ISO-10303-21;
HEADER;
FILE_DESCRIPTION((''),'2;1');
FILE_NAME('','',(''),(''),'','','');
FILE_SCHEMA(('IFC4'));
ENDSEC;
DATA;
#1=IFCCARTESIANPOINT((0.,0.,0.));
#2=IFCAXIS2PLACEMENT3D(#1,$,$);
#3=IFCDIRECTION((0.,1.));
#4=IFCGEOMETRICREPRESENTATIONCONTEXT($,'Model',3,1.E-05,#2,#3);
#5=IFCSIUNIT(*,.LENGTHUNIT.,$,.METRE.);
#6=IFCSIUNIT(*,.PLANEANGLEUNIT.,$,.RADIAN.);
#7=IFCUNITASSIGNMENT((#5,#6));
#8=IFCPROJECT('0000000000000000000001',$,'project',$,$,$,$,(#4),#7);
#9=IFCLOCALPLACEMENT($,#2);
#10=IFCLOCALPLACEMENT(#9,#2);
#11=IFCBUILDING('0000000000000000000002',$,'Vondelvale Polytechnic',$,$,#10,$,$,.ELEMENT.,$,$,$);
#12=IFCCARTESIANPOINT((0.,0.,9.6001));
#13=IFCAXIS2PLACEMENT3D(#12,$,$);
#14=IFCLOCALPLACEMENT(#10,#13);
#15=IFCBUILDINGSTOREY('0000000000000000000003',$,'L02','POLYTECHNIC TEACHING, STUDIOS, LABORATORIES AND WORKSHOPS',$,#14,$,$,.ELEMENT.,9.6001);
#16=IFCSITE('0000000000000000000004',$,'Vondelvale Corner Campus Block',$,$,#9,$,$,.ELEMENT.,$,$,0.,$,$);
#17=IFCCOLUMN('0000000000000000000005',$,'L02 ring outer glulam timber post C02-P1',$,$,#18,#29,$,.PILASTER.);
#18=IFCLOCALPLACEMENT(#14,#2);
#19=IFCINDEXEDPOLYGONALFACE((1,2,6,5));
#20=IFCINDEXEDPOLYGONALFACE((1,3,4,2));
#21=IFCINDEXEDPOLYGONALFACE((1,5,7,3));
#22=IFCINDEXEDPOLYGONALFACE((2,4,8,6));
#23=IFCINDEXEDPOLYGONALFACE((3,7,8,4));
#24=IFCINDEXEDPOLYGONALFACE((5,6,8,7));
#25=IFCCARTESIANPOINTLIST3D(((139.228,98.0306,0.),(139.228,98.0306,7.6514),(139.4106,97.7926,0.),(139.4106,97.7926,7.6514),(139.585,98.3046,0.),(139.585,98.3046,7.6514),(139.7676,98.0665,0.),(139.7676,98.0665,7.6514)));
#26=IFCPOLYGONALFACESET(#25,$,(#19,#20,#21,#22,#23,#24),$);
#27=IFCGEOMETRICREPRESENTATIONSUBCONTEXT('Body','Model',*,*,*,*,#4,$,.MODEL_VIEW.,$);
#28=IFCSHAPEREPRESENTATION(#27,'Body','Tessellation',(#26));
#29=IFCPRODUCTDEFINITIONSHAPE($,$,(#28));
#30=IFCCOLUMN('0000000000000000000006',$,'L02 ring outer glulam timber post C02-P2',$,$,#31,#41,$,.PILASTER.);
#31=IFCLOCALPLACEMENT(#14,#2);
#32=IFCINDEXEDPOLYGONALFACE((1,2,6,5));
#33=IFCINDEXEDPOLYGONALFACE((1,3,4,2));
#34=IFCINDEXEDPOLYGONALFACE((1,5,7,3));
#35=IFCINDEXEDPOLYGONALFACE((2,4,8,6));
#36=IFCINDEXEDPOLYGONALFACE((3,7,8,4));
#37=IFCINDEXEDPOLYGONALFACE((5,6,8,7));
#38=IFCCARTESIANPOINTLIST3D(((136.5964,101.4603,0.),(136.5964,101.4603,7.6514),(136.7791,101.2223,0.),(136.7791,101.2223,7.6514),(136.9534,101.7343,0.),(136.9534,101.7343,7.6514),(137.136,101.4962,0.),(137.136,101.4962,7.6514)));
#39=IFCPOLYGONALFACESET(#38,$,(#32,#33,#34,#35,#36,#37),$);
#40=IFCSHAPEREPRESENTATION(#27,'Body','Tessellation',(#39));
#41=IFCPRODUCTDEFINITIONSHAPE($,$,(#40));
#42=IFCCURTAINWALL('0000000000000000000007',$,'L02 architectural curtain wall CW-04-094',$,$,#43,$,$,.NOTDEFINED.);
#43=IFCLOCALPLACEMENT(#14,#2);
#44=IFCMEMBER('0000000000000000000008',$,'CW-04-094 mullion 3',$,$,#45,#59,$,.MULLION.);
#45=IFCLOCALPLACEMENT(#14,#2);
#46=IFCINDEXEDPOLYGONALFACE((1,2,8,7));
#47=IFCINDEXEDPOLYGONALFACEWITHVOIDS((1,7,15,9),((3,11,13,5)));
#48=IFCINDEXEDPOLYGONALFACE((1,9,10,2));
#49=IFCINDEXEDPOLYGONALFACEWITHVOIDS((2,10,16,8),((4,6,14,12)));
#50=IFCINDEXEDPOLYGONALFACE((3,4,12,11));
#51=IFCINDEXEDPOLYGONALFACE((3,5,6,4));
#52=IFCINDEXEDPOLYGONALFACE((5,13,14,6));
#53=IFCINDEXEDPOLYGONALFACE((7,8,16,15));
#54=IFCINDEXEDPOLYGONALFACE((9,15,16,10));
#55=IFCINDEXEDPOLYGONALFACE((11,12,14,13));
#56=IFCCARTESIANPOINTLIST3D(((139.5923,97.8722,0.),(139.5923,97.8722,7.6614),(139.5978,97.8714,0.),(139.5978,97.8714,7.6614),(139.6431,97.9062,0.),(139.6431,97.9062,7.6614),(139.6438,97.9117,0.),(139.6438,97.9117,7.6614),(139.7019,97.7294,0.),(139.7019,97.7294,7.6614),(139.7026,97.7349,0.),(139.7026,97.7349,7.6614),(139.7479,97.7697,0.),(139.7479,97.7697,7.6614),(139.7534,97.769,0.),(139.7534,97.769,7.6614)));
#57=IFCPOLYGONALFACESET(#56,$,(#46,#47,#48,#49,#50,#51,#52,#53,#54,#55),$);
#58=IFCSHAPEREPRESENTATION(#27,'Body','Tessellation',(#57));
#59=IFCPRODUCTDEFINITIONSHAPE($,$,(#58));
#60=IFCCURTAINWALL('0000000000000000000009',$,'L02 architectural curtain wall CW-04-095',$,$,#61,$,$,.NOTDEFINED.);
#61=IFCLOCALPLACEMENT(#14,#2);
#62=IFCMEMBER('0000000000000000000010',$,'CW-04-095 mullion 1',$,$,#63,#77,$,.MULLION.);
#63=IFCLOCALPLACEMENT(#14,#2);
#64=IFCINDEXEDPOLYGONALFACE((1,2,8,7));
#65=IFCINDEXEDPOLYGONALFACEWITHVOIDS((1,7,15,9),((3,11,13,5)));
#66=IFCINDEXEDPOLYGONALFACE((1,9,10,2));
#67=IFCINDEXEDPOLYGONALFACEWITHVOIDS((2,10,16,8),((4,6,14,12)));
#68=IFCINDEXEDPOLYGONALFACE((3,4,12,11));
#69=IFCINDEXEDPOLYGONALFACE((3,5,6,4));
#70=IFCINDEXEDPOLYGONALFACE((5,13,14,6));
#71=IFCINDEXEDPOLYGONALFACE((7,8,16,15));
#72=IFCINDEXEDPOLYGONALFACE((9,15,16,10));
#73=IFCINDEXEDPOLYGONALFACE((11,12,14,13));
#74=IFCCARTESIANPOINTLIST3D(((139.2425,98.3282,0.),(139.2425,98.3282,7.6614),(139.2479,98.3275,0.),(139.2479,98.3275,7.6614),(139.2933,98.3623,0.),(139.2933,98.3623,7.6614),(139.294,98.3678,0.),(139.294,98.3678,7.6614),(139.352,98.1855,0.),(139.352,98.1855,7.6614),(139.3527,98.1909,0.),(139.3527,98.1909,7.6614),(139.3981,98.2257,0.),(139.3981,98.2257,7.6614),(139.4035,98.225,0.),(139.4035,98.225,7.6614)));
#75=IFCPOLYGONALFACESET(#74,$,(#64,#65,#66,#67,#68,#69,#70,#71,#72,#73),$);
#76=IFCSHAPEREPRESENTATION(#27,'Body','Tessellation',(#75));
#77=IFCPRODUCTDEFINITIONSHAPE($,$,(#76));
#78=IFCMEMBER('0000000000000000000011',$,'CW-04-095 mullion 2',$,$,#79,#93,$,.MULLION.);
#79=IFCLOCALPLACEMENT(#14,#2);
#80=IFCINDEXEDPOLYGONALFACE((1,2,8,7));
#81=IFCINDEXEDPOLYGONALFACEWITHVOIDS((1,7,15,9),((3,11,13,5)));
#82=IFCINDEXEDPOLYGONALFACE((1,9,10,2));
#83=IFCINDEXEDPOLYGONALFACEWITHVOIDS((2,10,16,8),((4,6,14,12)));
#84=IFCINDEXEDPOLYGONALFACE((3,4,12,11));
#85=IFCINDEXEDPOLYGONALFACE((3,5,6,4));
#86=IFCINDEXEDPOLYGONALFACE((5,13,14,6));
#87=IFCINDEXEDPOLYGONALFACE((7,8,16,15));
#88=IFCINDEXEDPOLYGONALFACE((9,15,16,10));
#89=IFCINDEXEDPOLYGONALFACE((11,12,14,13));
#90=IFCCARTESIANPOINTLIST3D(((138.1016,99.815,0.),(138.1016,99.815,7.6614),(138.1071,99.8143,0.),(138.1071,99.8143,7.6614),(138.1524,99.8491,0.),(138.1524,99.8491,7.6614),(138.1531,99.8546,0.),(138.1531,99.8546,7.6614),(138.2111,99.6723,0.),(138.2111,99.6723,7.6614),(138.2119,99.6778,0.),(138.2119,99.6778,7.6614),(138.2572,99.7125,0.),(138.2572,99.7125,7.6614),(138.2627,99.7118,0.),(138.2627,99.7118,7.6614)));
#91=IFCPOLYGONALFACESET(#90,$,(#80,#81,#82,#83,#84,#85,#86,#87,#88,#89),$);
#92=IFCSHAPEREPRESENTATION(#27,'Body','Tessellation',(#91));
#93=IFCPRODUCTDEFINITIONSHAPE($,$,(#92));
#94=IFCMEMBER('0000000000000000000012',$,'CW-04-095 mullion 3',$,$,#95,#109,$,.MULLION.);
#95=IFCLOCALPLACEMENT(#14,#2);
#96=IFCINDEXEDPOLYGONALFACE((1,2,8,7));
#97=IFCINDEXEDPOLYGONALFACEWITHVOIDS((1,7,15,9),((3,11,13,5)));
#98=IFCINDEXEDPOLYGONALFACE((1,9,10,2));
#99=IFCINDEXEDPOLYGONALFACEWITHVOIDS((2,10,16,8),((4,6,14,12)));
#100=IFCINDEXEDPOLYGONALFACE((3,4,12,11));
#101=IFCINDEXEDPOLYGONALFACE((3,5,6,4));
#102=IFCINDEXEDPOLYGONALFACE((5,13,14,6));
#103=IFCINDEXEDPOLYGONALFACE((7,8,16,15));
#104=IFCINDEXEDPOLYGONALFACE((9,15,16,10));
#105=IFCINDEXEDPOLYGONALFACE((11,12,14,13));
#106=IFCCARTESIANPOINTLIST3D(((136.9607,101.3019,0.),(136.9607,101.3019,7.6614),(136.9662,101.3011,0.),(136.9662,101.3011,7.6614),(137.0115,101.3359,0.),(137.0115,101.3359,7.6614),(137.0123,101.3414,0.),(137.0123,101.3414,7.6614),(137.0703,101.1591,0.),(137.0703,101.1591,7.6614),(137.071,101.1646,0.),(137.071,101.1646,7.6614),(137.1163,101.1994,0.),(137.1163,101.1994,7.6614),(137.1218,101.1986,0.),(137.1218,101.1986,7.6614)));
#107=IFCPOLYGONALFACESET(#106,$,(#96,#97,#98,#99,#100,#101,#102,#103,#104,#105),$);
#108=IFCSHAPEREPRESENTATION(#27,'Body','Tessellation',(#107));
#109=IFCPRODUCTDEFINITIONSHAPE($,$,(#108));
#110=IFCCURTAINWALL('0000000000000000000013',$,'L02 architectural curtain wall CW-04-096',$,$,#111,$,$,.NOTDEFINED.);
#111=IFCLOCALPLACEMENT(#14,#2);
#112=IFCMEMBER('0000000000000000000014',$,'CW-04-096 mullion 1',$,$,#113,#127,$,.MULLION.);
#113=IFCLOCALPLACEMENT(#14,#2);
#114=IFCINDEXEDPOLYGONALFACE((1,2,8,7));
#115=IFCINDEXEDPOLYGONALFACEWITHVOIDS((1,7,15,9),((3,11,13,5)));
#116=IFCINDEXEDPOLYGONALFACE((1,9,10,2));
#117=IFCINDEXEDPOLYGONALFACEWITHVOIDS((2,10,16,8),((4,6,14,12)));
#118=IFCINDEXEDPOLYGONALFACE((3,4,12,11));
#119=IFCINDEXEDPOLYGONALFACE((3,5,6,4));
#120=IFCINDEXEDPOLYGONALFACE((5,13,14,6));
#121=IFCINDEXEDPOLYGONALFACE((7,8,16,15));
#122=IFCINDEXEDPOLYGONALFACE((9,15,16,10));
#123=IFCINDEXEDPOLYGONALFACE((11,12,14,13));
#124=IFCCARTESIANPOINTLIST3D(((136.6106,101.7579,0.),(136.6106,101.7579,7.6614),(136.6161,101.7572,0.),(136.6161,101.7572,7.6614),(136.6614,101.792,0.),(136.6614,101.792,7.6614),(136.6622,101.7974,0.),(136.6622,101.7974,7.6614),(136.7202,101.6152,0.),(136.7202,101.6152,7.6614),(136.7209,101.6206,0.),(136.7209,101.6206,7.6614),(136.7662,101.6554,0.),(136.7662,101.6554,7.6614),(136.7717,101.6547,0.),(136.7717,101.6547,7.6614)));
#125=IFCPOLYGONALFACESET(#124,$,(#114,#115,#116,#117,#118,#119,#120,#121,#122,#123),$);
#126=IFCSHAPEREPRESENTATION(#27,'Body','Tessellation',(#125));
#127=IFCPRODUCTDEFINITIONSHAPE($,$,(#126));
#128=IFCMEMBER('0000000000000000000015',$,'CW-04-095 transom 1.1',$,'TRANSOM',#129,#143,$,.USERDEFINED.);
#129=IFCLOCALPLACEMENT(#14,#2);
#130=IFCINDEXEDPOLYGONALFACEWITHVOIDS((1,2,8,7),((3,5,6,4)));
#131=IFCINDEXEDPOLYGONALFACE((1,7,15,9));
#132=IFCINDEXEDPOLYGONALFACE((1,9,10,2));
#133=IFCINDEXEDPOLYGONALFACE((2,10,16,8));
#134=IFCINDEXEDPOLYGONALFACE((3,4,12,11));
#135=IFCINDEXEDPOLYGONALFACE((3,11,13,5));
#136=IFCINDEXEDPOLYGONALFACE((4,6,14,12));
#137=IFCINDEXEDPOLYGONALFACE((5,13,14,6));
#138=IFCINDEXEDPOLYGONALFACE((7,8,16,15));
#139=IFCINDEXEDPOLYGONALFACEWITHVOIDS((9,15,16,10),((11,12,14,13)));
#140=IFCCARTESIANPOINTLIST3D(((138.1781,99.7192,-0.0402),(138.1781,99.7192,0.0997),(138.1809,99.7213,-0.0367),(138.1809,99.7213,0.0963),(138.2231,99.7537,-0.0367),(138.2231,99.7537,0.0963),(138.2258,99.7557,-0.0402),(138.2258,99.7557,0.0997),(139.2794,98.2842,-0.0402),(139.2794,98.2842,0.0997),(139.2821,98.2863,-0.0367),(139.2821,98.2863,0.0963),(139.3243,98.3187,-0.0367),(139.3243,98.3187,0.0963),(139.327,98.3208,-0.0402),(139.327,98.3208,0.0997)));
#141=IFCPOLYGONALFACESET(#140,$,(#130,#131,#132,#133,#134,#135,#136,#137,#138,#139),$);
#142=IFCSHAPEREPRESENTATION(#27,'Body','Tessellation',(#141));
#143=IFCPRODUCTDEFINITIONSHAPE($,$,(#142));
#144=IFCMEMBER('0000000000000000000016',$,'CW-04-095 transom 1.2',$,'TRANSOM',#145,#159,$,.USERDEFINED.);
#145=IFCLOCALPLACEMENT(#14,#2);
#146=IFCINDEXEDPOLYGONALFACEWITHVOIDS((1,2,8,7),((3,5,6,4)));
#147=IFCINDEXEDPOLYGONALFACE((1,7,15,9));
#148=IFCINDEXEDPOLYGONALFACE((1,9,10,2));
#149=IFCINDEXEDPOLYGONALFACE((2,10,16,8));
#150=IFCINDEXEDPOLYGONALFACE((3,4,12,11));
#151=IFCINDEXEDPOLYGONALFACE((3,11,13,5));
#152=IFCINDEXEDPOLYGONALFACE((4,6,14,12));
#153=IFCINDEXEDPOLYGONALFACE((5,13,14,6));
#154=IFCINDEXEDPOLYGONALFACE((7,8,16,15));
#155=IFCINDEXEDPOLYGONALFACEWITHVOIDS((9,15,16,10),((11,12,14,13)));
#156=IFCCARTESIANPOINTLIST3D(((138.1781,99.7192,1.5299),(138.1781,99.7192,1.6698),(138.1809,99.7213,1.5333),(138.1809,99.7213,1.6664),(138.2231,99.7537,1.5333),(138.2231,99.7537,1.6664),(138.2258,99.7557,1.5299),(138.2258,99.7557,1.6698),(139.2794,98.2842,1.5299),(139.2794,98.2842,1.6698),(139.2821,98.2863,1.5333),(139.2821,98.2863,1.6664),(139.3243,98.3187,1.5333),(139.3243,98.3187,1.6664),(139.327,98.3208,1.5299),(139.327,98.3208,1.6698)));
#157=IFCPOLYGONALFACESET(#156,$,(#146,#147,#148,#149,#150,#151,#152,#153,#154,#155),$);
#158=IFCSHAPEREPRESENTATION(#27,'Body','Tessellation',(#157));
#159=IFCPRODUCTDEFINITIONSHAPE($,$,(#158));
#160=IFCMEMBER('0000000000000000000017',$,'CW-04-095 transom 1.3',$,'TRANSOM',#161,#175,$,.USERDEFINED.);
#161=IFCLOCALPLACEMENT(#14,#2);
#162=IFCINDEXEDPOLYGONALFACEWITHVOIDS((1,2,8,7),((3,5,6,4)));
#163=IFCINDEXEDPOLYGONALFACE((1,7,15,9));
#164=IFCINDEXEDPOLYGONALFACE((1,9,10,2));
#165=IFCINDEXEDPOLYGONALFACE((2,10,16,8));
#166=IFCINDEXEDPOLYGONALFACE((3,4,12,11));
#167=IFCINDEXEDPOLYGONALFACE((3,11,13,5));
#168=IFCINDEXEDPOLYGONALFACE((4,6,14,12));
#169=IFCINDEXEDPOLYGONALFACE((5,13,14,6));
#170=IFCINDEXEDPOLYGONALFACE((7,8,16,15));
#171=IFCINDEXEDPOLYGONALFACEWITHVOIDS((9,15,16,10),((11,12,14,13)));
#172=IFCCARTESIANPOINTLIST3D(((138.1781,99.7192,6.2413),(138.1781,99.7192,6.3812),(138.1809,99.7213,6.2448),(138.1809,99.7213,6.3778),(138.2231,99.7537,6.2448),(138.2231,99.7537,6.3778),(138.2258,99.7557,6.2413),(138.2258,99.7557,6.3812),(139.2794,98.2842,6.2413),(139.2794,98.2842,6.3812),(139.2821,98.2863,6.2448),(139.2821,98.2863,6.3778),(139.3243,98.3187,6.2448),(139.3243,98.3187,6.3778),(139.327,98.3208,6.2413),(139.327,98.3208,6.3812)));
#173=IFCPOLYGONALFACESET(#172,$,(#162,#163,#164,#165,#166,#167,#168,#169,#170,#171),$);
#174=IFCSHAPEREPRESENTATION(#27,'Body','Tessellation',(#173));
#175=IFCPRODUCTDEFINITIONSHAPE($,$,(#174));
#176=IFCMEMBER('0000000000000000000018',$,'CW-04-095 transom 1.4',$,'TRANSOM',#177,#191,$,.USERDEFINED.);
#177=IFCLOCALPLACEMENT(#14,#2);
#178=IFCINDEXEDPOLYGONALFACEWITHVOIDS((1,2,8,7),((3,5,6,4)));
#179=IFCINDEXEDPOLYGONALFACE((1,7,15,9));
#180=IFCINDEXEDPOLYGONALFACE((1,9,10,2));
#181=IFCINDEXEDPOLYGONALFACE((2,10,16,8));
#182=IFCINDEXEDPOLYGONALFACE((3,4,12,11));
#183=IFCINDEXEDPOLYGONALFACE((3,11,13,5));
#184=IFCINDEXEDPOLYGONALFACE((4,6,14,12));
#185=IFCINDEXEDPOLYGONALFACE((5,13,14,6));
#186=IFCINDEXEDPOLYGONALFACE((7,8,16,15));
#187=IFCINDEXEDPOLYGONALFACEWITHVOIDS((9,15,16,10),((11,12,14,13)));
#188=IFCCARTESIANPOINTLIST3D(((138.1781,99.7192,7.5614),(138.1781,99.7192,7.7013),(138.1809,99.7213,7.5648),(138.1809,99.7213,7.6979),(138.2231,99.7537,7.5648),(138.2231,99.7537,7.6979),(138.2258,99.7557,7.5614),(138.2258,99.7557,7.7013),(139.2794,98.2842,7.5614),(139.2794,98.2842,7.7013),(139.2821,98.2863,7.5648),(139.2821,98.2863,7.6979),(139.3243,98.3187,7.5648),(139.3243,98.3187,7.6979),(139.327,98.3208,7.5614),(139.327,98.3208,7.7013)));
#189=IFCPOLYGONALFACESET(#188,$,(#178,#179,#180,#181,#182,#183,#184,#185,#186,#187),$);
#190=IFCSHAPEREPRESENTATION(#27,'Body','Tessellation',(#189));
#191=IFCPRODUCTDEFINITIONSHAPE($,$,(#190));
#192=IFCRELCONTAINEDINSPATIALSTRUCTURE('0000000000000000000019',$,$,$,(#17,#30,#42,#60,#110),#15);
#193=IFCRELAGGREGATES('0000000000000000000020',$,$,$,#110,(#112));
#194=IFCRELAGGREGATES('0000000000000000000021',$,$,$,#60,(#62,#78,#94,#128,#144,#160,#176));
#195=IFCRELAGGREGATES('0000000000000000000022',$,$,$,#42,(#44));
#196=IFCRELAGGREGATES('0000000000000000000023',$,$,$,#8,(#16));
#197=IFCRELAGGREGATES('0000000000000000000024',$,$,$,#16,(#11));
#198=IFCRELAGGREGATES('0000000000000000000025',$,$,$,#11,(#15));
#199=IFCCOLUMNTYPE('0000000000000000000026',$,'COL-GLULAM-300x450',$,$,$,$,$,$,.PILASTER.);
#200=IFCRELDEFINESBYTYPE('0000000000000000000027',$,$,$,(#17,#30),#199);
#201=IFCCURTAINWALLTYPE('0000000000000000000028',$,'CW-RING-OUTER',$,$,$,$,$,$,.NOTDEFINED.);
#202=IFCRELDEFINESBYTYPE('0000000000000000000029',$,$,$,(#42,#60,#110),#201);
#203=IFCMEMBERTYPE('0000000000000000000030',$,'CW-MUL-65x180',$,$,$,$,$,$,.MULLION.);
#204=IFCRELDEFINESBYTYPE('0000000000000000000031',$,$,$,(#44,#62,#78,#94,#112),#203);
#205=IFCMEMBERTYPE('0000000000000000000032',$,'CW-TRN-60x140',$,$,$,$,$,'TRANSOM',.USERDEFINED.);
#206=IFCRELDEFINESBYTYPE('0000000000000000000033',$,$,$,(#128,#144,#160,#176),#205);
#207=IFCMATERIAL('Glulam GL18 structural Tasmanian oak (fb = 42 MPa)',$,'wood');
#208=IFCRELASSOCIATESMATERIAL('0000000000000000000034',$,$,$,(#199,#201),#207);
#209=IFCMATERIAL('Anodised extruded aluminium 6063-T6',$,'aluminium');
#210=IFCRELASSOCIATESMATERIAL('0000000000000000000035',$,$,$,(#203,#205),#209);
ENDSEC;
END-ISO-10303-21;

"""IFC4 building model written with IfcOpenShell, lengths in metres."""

from ifc_helpers import new_model, si_unit, direction, frame, origin, origin_2d, place, context, subcontext, project, spatial, rectangle, hollow_rectangle, extrude, material, material_profile, profile_set, type_object, element, aggregate, save


model = new_model("IFC4")

# Units and contexts
model_context = context("Model", 3, precision=1e-05, world=origin(), true_north=direction((0.0, 1.0)))
body_context = subcontext(model_context, "Body", "Model", "MODEL_VIEW")
ifc_project = project(units=[si_unit("LENGTHUNIT", "METRE"), si_unit("PLANEANGLEUNIT", "RADIAN")], contexts=[model_context])

# Site, building, storey
site_placement = place(None, origin())
site = spatial("IfcSite", under=ifc_project, at=site_placement, Name="Vondelvale Corner Campus Block", CompositionType="ELEMENT", RefElevation=0.0)
building_placement = place(site_placement, origin())
building = spatial("IfcBuilding", under=site, at=building_placement, Name="Vondelvale Polytechnic", CompositionType="ELEMENT")
storey_placement = place(building_placement, frame((0.0, 0.0, 9.6001)))
storey = spatial("IfcBuildingStorey", under=building, at=storey_placement, Name="L02", Description="POLYTECHNIC TEACHING, STUDIOS, LABORATORIES AND WORKSHOPS", CompositionType="ELEMENT", Elevation=9.6001)

# Columns
ifc_material_1 = material(Name="Glulam GL18 structural Tasmanian oak (fb = 42 MPa)", Category="wood")
ifc_material_profile_1 = material_profile(ifc_material_1, rectangle(XDim=0.3, YDim=0.45, at=origin_2d()), Name="GL-POST-300x450")
ifc_profile_set_1 = profile_set([ifc_material_profile_1], Name="Glulam GL18 structural Tasmanian oak (fb = 42 MPa)")
column_type = type_object("IfcColumnType", Name="COL-GLULAM-300x450", PredefinedType="PILASTER", material=ifc_profile_set_1)
for number, where, z_axis, x_axis, name in (
    (1, (139.4978, 98.0486, 0.0), (0.0, 0.0, 1.0), (-0.608761, 0.793353, 0.0), "L02 ring outer glulam timber post C02-P1"),
    (2, (136.8662, 101.4783, 0.0), (0.0, 0.0, 1.0), (-0.608761, 0.793353, 0.0), "L02 ring outer glulam timber post C02-P2"),
):
    element("IfcColumn", number, at=place(storey_placement, frame(where, z_axis=z_axis, x_axis=x_axis)), inside=storey, type_object=column_type, Name=name, PredefinedType="PILASTER", context=body_context, shape_type="SweptSolid", body=[
        extrude(rectangle(XDim=0.3, YDim=0.45, at=origin_2d()), origin(), (0.0, 0.0, 1.0), 7.6514),
    ])

# Curtain wall, member
curtain_wall_type = type_object("IfcCurtainWallType", Name="CW-RING-OUTER", PredefinedType="NOTDEFINED", material=ifc_material_1)
curtain_wall_1_placement = place(storey_placement, origin())
curtain_wall_1 = element("IfcCurtainWall", 3, at=curtain_wall_1_placement, inside=storey, type_object=curtain_wall_type, Name="L02 architectural curtain wall CW-04-094", PredefinedType="NOTDEFINED")
ifc_material_2 = material(Name="Anodised extruded aluminium 6063-T6", Category="aluminium")
ifc_material_profile_2 = material_profile(ifc_material_2, hollow_rectangle(XDim=0.0649, YDim=0.1799, WallThickness=0.0039, at=origin_2d()), Name="CW-MUL-180x65")
ifc_profile_set_2 = profile_set([ifc_material_profile_2], Name="Anodised extruded aluminium 6063-T6")
member_type_1 = type_object("IfcMemberType", Name="CW-MUL-65x180", PredefinedType="MULLION", material=ifc_profile_set_2)
member_1_placement = place(storey_placement, frame((139.6729, 97.8206, 0.0), z_axis=(0.0, 0.0, 1.0), x_axis=(-0.793334, -0.608787, 0.0)))
member_1 = element("IfcMember", 4, at=member_1_placement, type_object=member_type_1, Name="CW-04-094 mullion 3", PredefinedType="MULLION", context=body_context, shape_type="SweptSolid", body=[
    extrude(hollow_rectangle(XDim=0.0649, YDim=0.1799, WallThickness=0.0039, at=origin_2d()), origin(), (0.0, 0.0, 1.0), 7.6614),
])

# Curtain wall, members
curtain_wall_2_placement = place(storey_placement, origin())
curtain_wall_2 = element("IfcCurtainWall", 5, at=curtain_wall_2_placement, inside=storey, type_object=curtain_wall_type, Name="L02 architectural curtain wall CW-04-095", PredefinedType="NOTDEFINED")
member_2_placement = place(storey_placement, frame((139.323, 98.2766, 0.0), z_axis=(0.0, 0.0, 1.0), x_axis=(-0.793346, -0.608771, 0.0)))
member_2 = element("IfcMember", 6, at=member_2_placement, type_object=member_type_1, Name="CW-04-095 mullion 1", PredefinedType="MULLION", context=body_context, shape_type="SweptSolid", body=[
    extrude(hollow_rectangle(XDim=0.0649, YDim=0.1799, WallThickness=0.0039, at=origin_2d()), origin(), (0.0, 0.0, 1.0), 7.6614),
])
member_3_placement = place(storey_placement, frame((138.1821, 99.7634, 0.0), z_axis=(0.0, 0.0, 1.0), x_axis=(-0.793346, -0.608771, 0.0)))
member_3 = element("IfcMember", 7, at=member_3_placement, type_object=member_type_1, Name="CW-04-095 mullion 2", PredefinedType="MULLION", context=body_context, shape_type="SweptSolid", body=[
    extrude(hollow_rectangle(XDim=0.0649, YDim=0.1799, WallThickness=0.0039, at=origin_2d()), origin(), (0.0, 0.0, 1.0), 7.6614),
])
member_4_placement = place(storey_placement, frame((137.0413, 101.2502, 0.0), z_axis=(0.0, 0.0, 1.0), x_axis=(-0.793346, -0.608771, 0.0)))
member_4 = element("IfcMember", 8, at=member_4_placement, type_object=member_type_1, Name="CW-04-095 mullion 3", PredefinedType="MULLION", context=body_context, shape_type="SweptSolid", body=[
    extrude(hollow_rectangle(XDim=0.0649, YDim=0.1799, WallThickness=0.0039, at=origin_2d()), origin(), (0.0, 0.0, 1.0), 7.6614),
])

# Curtain wall, member
curtain_wall_3_placement = place(storey_placement, origin())
curtain_wall_3 = element("IfcCurtainWall", 9, at=curtain_wall_3_placement, inside=storey, type_object=curtain_wall_type, Name="L02 architectural curtain wall CW-04-096", PredefinedType="NOTDEFINED")
member_5_placement = place(storey_placement, frame((136.6912, 101.7063, 0.0), z_axis=(0.0, 0.0, 1.0), x_axis=(-0.793334, -0.608787, 0.0)))
member_5 = element("IfcMember", 10, at=member_5_placement, type_object=member_type_1, Name="CW-04-096 mullion 1", PredefinedType="MULLION", context=body_context, shape_type="SweptSolid", body=[
    extrude(hollow_rectangle(XDim=0.0649, YDim=0.1799, WallThickness=0.0039, at=origin_2d()), origin(), (0.0, 0.0, 1.0), 7.6614),
])

# Members
ifc_material_profile_3 = material_profile(ifc_material_2, hollow_rectangle(XDim=0.0601, YDim=0.1399, WallThickness=0.0034, at=origin_2d()), Name="CW-TRN-140x60")
ifc_profile_set_3 = profile_set([ifc_material_profile_3], Name="Anodised extruded aluminium 6063-T6")
member_type_2 = type_object("IfcMemberType", Name="CW-TRN-60x140", ElementType="TRANSOM", PredefinedType="USERDEFINED", material=ifc_profile_set_3)
member_6_placement = place(storey_placement, frame((139.3032, 98.3025, 0.0298), z_axis=(-0.608817, 0.793311, 0.0), x_axis=(-0.793311, -0.608817, 0.0)))
member_6 = element("IfcMember", 11, at=member_6_placement, type_object=member_type_2, Name="CW-04-095 transom 1.1", ObjectType="TRANSOM", PredefinedType="USERDEFINED", context=body_context, shape_type="SweptSolid", body=[
    extrude(hollow_rectangle(XDim=0.0601, YDim=0.1399, WallThickness=0.0034, at=origin_2d()), origin(), (0.0, 0.0, 1.0), 1.8088),
])
member_7_placement = place(storey_placement, frame((139.3032, 98.3025, 1.5999), z_axis=(-0.608817, 0.793311, 0.0), x_axis=(-0.793311, -0.608817, 0.0)))
member_7 = element("IfcMember", 12, at=member_7_placement, type_object=member_type_2, Name="CW-04-095 transom 1.2", ObjectType="TRANSOM", PredefinedType="USERDEFINED", context=body_context, shape_type="SweptSolid", body=[
    extrude(hollow_rectangle(XDim=0.0601, YDim=0.1399, WallThickness=0.0034, at=origin_2d()), origin(), (0.0, 0.0, 1.0), 1.8088),
])
member_8_placement = place(storey_placement, frame((139.3032, 98.3025, 6.3113), z_axis=(-0.608817, 0.793311, 0.0), x_axis=(-0.793311, -0.608817, 0.0)))
member_8 = element("IfcMember", 13, at=member_8_placement, type_object=member_type_2, Name="CW-04-095 transom 1.3", ObjectType="TRANSOM", PredefinedType="USERDEFINED", context=body_context, shape_type="SweptSolid", body=[
    extrude(hollow_rectangle(XDim=0.0601, YDim=0.1399, WallThickness=0.0034, at=origin_2d()), origin(), (0.0, 0.0, 1.0), 1.8088),
])
member_9_placement = place(storey_placement, frame((139.3032, 98.3025, 7.6313), z_axis=(-0.608817, 0.793311, 0.0), x_axis=(-0.793311, -0.608817, 0.0)))
member_9 = element("IfcMember", 14, at=member_9_placement, type_object=member_type_2, Name="CW-04-095 transom 1.4", ObjectType="TRANSOM", PredefinedType="USERDEFINED", context=body_context, shape_type="SweptSolid", body=[
    extrude(hollow_rectangle(XDim=0.0601, YDim=0.1399, WallThickness=0.0034, at=origin_2d()), origin(), (0.0, 0.0, 1.0), 1.8088),
])
aggregate(curtain_wall_3, [member_5])

aggregate(curtain_wall_2, [member_2, member_3, member_4, member_6, member_7, member_8, member_9])
aggregate(curtain_wall_1, [member_1])

save(model, "model.ifc")
